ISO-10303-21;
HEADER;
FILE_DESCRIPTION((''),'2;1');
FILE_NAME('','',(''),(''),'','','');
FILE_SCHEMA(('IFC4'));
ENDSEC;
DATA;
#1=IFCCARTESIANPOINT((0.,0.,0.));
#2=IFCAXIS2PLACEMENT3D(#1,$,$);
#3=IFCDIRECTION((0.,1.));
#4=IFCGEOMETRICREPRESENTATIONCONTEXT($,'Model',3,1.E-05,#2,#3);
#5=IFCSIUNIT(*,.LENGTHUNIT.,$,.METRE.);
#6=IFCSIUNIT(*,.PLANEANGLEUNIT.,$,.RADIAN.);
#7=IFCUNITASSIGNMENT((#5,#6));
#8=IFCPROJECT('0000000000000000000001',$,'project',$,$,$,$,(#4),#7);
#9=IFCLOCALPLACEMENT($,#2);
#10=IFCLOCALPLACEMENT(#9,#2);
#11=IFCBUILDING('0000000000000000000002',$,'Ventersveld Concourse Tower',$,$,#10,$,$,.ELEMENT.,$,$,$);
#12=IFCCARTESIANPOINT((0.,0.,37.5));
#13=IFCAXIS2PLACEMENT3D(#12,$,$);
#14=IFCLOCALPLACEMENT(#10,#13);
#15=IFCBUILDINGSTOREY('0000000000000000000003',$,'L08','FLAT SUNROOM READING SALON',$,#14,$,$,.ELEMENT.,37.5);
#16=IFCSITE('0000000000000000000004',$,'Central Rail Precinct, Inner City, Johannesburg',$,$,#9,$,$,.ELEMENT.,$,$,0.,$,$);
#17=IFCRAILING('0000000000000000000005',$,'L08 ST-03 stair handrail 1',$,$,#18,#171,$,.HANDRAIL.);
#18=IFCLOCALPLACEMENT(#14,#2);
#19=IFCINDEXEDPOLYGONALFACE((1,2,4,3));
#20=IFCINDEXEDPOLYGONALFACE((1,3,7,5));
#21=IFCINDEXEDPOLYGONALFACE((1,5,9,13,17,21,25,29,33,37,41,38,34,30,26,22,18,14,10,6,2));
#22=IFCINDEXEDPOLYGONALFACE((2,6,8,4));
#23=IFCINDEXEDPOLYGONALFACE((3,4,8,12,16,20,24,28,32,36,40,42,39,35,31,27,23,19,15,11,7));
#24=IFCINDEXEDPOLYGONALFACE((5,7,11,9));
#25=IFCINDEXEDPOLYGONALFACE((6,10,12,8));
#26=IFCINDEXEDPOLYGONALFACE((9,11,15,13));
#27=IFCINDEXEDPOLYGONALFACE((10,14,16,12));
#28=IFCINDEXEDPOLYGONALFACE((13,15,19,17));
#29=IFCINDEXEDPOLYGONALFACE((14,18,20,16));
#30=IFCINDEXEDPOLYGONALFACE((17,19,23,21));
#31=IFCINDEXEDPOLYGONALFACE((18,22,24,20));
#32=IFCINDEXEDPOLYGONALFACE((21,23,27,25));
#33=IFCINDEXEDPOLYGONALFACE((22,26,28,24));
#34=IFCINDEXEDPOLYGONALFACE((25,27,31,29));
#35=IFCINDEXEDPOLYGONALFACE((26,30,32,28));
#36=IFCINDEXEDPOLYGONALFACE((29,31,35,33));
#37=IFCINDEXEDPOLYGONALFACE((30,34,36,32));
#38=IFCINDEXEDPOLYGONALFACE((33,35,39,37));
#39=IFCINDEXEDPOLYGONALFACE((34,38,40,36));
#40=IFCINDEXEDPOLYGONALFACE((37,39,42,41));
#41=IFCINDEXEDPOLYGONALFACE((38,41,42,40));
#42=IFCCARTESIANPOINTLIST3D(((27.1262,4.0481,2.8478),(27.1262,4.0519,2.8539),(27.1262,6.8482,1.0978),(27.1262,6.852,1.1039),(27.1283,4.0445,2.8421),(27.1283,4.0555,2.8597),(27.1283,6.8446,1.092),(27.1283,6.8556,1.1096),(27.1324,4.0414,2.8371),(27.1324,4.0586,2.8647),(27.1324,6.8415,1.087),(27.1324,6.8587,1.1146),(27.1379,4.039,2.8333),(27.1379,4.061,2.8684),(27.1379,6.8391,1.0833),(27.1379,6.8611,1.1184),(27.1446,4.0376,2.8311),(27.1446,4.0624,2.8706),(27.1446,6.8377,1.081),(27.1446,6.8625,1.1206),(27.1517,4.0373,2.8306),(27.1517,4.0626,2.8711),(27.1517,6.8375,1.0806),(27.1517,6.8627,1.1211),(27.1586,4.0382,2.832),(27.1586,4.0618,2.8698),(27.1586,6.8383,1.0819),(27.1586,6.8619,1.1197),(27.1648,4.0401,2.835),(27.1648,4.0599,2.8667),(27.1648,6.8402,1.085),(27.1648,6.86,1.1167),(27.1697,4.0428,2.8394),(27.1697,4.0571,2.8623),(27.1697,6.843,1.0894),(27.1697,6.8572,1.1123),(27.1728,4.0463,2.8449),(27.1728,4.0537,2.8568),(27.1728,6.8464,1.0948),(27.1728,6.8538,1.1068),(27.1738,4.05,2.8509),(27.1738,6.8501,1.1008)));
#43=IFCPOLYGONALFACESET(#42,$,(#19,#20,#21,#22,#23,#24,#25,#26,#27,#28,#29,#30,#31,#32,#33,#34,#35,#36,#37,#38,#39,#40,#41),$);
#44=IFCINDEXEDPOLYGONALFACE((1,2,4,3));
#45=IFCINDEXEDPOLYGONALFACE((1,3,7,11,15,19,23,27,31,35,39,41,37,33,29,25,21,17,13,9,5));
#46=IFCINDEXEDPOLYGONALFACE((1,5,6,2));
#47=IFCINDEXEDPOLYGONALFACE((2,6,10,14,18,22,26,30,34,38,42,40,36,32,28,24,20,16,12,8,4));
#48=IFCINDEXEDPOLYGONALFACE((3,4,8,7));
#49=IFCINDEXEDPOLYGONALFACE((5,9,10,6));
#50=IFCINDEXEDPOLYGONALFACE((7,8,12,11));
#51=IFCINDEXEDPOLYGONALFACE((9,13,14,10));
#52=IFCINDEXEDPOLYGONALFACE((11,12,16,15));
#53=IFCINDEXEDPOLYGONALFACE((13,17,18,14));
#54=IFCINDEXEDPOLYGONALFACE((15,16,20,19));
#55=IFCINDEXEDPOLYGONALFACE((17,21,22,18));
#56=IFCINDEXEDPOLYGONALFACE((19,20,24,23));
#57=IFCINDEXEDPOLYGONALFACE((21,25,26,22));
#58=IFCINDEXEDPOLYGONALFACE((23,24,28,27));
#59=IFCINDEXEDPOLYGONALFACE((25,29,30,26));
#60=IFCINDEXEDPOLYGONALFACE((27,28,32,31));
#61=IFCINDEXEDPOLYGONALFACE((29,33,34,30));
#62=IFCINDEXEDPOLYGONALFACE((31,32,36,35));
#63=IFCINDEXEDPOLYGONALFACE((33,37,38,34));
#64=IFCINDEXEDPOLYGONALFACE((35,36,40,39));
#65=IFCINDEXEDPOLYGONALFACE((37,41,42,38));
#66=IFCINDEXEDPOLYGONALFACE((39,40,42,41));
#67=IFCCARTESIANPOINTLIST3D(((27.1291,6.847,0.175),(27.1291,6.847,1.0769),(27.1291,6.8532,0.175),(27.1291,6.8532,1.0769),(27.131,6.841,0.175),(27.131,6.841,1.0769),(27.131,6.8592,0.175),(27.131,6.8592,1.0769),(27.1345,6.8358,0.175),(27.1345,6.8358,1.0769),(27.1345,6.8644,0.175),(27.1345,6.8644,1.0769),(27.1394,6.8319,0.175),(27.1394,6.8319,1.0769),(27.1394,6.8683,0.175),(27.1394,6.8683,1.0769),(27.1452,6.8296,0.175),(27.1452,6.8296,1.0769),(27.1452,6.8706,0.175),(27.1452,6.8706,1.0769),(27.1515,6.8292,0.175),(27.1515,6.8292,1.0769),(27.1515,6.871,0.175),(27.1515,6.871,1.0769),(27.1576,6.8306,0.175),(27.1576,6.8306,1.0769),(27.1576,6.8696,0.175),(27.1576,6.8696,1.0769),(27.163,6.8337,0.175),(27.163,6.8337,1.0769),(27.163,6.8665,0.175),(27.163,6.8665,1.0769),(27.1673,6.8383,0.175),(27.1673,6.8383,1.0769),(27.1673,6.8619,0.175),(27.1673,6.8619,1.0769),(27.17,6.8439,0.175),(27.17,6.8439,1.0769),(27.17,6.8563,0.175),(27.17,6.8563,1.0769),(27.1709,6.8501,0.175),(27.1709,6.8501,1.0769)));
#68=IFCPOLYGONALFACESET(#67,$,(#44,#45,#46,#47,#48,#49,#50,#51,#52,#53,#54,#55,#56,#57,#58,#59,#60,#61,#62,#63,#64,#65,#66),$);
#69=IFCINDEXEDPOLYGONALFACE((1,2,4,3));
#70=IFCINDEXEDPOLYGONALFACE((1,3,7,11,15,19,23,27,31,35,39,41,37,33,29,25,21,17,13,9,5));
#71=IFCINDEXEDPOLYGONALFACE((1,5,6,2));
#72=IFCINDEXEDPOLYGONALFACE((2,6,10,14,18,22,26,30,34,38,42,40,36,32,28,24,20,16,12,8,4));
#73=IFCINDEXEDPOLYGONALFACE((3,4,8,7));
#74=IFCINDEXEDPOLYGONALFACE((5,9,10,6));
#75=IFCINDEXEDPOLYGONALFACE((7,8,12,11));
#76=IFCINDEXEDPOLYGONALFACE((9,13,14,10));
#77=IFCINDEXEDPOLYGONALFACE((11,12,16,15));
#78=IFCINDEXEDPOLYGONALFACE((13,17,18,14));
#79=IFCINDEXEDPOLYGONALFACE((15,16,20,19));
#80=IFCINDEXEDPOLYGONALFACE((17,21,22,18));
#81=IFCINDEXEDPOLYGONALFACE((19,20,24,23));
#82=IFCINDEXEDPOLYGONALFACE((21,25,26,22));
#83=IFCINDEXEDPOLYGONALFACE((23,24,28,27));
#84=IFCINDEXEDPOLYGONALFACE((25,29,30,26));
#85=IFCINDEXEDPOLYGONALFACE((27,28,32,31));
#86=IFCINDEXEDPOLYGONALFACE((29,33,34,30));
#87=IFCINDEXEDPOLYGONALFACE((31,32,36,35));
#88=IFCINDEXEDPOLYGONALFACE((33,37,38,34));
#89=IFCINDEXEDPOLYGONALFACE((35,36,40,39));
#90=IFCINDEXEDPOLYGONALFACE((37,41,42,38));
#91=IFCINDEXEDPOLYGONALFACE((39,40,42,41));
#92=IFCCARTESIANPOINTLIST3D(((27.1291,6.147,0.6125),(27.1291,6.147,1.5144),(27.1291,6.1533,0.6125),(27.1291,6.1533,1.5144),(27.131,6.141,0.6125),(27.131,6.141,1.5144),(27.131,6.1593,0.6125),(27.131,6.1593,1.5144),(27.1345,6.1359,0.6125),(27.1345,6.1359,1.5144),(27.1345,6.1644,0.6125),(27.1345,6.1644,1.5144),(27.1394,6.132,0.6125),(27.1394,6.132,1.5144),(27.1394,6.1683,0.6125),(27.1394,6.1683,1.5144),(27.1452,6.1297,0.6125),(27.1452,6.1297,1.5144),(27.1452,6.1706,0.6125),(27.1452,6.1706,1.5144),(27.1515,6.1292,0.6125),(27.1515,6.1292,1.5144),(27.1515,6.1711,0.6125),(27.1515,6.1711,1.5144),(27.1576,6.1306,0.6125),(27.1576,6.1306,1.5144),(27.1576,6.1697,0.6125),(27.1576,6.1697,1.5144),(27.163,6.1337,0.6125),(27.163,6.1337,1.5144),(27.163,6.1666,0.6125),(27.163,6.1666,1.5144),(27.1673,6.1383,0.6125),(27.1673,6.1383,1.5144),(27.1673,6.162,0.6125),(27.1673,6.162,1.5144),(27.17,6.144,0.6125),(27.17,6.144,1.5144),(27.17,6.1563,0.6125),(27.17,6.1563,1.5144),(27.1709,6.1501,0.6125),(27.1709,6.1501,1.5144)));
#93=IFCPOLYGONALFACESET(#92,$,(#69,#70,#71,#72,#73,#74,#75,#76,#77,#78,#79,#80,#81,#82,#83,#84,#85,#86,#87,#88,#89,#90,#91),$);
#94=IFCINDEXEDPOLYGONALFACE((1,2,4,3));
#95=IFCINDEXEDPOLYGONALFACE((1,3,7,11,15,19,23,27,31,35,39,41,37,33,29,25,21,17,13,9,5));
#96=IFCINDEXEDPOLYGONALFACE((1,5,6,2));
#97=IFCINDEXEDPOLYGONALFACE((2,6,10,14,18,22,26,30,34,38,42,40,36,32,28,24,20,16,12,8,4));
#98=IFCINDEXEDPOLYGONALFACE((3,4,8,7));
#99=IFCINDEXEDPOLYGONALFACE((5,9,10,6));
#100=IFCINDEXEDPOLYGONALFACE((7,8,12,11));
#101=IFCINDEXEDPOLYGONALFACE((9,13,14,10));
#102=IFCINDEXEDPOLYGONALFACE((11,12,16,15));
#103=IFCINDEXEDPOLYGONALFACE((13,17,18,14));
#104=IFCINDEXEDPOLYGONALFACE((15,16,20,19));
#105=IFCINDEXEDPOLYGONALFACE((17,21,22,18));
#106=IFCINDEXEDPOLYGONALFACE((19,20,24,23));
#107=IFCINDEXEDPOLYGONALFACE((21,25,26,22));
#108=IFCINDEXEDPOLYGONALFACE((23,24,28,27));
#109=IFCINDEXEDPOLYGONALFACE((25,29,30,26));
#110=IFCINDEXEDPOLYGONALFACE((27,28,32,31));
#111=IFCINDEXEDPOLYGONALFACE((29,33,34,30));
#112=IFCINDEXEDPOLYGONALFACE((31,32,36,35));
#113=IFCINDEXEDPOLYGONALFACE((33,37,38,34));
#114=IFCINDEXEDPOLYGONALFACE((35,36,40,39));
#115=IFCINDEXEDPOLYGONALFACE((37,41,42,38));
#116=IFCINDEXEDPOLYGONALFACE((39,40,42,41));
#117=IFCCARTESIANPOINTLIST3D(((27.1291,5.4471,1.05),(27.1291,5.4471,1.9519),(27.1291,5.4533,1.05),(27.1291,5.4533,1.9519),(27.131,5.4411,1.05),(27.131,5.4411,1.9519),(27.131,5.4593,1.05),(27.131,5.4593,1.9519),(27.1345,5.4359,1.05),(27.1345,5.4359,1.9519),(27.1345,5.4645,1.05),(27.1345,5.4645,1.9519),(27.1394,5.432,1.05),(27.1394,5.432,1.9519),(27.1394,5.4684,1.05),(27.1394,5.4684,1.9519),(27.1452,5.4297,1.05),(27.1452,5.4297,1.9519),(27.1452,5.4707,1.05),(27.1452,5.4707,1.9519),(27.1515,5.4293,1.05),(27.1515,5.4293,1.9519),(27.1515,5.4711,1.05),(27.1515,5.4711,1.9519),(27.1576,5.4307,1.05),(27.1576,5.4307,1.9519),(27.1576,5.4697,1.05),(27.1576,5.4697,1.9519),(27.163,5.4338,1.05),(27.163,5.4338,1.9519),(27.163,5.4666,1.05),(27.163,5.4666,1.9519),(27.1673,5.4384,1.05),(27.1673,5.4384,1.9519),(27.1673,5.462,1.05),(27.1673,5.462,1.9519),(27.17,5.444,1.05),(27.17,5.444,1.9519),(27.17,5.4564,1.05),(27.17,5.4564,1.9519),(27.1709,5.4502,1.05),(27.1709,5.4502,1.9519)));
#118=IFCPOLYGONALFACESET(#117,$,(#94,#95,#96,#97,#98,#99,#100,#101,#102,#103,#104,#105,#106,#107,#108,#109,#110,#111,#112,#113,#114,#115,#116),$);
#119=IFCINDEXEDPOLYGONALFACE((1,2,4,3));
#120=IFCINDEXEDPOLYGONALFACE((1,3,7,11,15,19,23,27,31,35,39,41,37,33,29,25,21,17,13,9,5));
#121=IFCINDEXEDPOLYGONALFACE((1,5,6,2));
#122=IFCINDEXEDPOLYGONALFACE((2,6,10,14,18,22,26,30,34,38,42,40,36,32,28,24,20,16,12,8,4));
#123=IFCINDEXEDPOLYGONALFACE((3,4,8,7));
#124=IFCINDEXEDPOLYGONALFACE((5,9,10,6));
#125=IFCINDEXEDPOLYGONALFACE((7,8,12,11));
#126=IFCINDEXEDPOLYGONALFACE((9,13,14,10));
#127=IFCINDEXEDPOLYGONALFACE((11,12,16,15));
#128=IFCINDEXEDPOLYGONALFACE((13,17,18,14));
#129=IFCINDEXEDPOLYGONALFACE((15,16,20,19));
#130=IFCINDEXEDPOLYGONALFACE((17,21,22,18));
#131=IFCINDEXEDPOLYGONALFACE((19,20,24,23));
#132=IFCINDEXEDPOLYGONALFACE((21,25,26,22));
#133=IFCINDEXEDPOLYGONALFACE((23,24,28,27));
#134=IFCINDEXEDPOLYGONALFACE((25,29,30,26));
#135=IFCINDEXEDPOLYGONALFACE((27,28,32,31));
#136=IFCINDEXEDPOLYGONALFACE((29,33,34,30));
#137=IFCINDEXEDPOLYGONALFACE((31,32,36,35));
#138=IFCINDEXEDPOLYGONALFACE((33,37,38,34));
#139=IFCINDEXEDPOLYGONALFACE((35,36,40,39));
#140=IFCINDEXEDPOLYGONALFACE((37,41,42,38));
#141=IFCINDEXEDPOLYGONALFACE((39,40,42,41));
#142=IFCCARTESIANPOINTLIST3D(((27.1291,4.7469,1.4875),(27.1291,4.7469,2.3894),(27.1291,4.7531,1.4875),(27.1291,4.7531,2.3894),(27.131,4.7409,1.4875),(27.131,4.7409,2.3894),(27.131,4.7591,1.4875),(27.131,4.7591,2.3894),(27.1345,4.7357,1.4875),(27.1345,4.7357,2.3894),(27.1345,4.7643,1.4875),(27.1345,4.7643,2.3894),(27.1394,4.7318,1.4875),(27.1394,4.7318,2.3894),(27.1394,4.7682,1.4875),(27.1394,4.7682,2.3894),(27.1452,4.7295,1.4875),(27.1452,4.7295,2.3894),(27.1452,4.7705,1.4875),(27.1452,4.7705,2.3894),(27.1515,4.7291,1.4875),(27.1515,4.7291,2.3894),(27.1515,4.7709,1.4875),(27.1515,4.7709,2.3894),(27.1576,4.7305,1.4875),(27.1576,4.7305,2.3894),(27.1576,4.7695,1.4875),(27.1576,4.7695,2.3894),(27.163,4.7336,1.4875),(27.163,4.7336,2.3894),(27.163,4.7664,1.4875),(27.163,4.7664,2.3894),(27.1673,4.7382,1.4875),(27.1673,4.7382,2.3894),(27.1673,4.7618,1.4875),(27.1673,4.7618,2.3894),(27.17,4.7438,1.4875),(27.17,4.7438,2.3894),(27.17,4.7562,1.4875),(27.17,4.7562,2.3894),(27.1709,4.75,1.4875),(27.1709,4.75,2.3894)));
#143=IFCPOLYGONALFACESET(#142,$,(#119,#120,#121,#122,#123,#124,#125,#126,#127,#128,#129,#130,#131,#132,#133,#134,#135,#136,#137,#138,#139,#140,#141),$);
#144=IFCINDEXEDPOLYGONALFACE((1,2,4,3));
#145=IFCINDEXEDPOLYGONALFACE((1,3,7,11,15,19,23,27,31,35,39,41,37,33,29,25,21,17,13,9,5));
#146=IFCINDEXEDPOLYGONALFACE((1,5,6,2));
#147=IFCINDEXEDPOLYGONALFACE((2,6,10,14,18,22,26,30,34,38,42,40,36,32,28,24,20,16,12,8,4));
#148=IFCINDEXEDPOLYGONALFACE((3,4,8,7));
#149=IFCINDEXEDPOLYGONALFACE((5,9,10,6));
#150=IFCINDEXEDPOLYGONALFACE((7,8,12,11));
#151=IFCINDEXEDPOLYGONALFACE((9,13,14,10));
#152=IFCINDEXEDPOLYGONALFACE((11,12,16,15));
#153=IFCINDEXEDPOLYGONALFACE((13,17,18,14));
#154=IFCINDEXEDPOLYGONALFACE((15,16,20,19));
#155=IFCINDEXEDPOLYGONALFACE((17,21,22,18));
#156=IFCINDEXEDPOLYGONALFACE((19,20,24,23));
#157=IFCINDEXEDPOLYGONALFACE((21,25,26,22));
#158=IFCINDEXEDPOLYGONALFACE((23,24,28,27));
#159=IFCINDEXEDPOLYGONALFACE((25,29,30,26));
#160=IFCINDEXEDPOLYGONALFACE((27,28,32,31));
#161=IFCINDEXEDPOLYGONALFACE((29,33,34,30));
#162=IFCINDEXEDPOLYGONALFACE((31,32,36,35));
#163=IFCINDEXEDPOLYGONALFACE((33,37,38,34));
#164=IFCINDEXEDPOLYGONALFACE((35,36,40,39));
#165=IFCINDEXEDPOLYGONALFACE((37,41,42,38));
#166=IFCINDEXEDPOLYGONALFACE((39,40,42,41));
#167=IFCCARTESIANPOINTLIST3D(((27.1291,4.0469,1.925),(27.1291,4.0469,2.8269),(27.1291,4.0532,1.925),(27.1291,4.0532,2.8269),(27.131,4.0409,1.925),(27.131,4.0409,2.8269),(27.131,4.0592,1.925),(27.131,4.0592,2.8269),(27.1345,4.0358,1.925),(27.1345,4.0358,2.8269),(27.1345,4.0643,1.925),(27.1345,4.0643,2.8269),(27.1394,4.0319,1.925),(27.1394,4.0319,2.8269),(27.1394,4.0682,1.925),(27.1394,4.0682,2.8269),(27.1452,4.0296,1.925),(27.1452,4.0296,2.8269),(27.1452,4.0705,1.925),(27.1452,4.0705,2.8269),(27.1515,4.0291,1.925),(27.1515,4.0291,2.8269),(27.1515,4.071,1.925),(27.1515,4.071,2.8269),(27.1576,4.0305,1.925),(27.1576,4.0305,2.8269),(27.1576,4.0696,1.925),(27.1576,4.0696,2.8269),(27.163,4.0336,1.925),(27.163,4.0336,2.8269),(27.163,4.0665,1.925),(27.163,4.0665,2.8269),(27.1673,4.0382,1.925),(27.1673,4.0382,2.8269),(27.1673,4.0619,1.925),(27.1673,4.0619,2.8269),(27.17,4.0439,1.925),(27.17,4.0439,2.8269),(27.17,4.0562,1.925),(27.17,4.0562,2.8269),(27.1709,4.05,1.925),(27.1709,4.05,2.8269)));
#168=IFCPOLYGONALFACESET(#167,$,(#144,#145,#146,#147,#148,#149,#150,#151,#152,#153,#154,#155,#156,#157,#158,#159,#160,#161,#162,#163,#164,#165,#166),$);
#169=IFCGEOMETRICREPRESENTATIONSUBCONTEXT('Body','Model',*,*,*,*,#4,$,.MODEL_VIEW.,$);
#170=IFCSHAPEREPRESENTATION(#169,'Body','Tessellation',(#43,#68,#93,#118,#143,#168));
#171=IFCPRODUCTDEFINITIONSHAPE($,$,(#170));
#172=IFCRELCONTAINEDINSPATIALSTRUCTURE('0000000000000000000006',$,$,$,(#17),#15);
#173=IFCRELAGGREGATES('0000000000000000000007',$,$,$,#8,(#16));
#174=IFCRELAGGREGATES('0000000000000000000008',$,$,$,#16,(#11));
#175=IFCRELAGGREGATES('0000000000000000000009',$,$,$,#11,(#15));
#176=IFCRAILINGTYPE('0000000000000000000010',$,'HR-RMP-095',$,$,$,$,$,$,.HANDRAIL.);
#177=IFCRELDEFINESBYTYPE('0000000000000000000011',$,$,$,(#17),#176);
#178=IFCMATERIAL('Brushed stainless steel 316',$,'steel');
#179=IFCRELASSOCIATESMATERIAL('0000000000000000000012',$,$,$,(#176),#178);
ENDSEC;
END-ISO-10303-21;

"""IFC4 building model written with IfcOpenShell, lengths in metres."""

from ifc_helpers import new_model, si_unit, direction, frame, origin, origin_2d, place, context, subcontext, project, spatial, circle, extrude, material, type_object, element, save


model = new_model("IFC4")

# Units and contexts
model_context = context("Model", 3, precision=1e-05, world=origin(), true_north=direction((0.0, 1.0)))
body_context = subcontext(model_context, "Body", "Model", "MODEL_VIEW")
ifc_project = project(units=[si_unit("LENGTHUNIT", "METRE"), si_unit("PLANEANGLEUNIT", "RADIAN")], contexts=[model_context])

# Site, building, storey
site_placement = place(None, origin())
site = spatial("IfcSite", under=ifc_project, at=site_placement, Name="Central Rail Precinct, Inner City, Johannesburg", CompositionType="ELEMENT", RefElevation=0.0)
building_placement = place(site_placement, origin())
building = spatial("IfcBuilding", under=site, at=building_placement, Name="Ventersveld Concourse Tower", CompositionType="ELEMENT")
storey_placement = place(building_placement, frame((0.0, 0.0, 37.5)))
storey = spatial("IfcBuildingStorey", under=building, at=storey_placement, Name="L08", Description="FLAT SUNROOM READING SALON", CompositionType="ELEMENT", Elevation=37.5)

# Shared definitions
ifc_material_1 = material(Name="Brushed stainless steel 316", Category="steel")

# Railing
railing_type = type_object("IfcRailingType", Name="HR-RMP-095", PredefinedType="HANDRAIL", material=ifc_material_1)
railing_placement = place(storey_placement, frame((27.1499, 6.8501, 0.175)))
element("IfcRailing", 1, at=railing_placement, inside=storey, type_object=railing_type, Name="L08 ST-03 stair handrail 1", PredefinedType="HANDRAIL", context=body_context, shape_type="SweptSolid", body=[
    extrude(circle(Radius=0.0239, at=origin_2d()), frame((0.0, 0.0, 0.9258), z_axis=(0.0, -0.848002, 0.529992), x_axis=(1.0, 0.0, 0.0)), (0.0, 0.0, 1.0), 3.302),
    extrude(circle(Radius=0.021, at=origin_2d()), origin(), (0.0, 0.0, 1.0), 0.9019),
    extrude(circle(Radius=0.021, at=origin_2d()), frame((0.0, -0.7, 0.4375)), (0.0, 0.0, 1.0), 0.9019),
    extrude(circle(Radius=0.021, at=origin_2d()), frame((0.0, -1.3999, 0.875)), (0.0, 0.0, 1.0), 0.9019),
    extrude(circle(Radius=0.021, at=origin_2d()), frame((0.0, -2.1001, 1.3125)), (0.0, 0.0, 1.0), 0.9019),
    extrude(circle(Radius=0.021, at=origin_2d()), frame((0.0, -2.8, 1.75)), (0.0, 0.0, 1.0), 0.9019),
])

save(model, "model.ifc")
